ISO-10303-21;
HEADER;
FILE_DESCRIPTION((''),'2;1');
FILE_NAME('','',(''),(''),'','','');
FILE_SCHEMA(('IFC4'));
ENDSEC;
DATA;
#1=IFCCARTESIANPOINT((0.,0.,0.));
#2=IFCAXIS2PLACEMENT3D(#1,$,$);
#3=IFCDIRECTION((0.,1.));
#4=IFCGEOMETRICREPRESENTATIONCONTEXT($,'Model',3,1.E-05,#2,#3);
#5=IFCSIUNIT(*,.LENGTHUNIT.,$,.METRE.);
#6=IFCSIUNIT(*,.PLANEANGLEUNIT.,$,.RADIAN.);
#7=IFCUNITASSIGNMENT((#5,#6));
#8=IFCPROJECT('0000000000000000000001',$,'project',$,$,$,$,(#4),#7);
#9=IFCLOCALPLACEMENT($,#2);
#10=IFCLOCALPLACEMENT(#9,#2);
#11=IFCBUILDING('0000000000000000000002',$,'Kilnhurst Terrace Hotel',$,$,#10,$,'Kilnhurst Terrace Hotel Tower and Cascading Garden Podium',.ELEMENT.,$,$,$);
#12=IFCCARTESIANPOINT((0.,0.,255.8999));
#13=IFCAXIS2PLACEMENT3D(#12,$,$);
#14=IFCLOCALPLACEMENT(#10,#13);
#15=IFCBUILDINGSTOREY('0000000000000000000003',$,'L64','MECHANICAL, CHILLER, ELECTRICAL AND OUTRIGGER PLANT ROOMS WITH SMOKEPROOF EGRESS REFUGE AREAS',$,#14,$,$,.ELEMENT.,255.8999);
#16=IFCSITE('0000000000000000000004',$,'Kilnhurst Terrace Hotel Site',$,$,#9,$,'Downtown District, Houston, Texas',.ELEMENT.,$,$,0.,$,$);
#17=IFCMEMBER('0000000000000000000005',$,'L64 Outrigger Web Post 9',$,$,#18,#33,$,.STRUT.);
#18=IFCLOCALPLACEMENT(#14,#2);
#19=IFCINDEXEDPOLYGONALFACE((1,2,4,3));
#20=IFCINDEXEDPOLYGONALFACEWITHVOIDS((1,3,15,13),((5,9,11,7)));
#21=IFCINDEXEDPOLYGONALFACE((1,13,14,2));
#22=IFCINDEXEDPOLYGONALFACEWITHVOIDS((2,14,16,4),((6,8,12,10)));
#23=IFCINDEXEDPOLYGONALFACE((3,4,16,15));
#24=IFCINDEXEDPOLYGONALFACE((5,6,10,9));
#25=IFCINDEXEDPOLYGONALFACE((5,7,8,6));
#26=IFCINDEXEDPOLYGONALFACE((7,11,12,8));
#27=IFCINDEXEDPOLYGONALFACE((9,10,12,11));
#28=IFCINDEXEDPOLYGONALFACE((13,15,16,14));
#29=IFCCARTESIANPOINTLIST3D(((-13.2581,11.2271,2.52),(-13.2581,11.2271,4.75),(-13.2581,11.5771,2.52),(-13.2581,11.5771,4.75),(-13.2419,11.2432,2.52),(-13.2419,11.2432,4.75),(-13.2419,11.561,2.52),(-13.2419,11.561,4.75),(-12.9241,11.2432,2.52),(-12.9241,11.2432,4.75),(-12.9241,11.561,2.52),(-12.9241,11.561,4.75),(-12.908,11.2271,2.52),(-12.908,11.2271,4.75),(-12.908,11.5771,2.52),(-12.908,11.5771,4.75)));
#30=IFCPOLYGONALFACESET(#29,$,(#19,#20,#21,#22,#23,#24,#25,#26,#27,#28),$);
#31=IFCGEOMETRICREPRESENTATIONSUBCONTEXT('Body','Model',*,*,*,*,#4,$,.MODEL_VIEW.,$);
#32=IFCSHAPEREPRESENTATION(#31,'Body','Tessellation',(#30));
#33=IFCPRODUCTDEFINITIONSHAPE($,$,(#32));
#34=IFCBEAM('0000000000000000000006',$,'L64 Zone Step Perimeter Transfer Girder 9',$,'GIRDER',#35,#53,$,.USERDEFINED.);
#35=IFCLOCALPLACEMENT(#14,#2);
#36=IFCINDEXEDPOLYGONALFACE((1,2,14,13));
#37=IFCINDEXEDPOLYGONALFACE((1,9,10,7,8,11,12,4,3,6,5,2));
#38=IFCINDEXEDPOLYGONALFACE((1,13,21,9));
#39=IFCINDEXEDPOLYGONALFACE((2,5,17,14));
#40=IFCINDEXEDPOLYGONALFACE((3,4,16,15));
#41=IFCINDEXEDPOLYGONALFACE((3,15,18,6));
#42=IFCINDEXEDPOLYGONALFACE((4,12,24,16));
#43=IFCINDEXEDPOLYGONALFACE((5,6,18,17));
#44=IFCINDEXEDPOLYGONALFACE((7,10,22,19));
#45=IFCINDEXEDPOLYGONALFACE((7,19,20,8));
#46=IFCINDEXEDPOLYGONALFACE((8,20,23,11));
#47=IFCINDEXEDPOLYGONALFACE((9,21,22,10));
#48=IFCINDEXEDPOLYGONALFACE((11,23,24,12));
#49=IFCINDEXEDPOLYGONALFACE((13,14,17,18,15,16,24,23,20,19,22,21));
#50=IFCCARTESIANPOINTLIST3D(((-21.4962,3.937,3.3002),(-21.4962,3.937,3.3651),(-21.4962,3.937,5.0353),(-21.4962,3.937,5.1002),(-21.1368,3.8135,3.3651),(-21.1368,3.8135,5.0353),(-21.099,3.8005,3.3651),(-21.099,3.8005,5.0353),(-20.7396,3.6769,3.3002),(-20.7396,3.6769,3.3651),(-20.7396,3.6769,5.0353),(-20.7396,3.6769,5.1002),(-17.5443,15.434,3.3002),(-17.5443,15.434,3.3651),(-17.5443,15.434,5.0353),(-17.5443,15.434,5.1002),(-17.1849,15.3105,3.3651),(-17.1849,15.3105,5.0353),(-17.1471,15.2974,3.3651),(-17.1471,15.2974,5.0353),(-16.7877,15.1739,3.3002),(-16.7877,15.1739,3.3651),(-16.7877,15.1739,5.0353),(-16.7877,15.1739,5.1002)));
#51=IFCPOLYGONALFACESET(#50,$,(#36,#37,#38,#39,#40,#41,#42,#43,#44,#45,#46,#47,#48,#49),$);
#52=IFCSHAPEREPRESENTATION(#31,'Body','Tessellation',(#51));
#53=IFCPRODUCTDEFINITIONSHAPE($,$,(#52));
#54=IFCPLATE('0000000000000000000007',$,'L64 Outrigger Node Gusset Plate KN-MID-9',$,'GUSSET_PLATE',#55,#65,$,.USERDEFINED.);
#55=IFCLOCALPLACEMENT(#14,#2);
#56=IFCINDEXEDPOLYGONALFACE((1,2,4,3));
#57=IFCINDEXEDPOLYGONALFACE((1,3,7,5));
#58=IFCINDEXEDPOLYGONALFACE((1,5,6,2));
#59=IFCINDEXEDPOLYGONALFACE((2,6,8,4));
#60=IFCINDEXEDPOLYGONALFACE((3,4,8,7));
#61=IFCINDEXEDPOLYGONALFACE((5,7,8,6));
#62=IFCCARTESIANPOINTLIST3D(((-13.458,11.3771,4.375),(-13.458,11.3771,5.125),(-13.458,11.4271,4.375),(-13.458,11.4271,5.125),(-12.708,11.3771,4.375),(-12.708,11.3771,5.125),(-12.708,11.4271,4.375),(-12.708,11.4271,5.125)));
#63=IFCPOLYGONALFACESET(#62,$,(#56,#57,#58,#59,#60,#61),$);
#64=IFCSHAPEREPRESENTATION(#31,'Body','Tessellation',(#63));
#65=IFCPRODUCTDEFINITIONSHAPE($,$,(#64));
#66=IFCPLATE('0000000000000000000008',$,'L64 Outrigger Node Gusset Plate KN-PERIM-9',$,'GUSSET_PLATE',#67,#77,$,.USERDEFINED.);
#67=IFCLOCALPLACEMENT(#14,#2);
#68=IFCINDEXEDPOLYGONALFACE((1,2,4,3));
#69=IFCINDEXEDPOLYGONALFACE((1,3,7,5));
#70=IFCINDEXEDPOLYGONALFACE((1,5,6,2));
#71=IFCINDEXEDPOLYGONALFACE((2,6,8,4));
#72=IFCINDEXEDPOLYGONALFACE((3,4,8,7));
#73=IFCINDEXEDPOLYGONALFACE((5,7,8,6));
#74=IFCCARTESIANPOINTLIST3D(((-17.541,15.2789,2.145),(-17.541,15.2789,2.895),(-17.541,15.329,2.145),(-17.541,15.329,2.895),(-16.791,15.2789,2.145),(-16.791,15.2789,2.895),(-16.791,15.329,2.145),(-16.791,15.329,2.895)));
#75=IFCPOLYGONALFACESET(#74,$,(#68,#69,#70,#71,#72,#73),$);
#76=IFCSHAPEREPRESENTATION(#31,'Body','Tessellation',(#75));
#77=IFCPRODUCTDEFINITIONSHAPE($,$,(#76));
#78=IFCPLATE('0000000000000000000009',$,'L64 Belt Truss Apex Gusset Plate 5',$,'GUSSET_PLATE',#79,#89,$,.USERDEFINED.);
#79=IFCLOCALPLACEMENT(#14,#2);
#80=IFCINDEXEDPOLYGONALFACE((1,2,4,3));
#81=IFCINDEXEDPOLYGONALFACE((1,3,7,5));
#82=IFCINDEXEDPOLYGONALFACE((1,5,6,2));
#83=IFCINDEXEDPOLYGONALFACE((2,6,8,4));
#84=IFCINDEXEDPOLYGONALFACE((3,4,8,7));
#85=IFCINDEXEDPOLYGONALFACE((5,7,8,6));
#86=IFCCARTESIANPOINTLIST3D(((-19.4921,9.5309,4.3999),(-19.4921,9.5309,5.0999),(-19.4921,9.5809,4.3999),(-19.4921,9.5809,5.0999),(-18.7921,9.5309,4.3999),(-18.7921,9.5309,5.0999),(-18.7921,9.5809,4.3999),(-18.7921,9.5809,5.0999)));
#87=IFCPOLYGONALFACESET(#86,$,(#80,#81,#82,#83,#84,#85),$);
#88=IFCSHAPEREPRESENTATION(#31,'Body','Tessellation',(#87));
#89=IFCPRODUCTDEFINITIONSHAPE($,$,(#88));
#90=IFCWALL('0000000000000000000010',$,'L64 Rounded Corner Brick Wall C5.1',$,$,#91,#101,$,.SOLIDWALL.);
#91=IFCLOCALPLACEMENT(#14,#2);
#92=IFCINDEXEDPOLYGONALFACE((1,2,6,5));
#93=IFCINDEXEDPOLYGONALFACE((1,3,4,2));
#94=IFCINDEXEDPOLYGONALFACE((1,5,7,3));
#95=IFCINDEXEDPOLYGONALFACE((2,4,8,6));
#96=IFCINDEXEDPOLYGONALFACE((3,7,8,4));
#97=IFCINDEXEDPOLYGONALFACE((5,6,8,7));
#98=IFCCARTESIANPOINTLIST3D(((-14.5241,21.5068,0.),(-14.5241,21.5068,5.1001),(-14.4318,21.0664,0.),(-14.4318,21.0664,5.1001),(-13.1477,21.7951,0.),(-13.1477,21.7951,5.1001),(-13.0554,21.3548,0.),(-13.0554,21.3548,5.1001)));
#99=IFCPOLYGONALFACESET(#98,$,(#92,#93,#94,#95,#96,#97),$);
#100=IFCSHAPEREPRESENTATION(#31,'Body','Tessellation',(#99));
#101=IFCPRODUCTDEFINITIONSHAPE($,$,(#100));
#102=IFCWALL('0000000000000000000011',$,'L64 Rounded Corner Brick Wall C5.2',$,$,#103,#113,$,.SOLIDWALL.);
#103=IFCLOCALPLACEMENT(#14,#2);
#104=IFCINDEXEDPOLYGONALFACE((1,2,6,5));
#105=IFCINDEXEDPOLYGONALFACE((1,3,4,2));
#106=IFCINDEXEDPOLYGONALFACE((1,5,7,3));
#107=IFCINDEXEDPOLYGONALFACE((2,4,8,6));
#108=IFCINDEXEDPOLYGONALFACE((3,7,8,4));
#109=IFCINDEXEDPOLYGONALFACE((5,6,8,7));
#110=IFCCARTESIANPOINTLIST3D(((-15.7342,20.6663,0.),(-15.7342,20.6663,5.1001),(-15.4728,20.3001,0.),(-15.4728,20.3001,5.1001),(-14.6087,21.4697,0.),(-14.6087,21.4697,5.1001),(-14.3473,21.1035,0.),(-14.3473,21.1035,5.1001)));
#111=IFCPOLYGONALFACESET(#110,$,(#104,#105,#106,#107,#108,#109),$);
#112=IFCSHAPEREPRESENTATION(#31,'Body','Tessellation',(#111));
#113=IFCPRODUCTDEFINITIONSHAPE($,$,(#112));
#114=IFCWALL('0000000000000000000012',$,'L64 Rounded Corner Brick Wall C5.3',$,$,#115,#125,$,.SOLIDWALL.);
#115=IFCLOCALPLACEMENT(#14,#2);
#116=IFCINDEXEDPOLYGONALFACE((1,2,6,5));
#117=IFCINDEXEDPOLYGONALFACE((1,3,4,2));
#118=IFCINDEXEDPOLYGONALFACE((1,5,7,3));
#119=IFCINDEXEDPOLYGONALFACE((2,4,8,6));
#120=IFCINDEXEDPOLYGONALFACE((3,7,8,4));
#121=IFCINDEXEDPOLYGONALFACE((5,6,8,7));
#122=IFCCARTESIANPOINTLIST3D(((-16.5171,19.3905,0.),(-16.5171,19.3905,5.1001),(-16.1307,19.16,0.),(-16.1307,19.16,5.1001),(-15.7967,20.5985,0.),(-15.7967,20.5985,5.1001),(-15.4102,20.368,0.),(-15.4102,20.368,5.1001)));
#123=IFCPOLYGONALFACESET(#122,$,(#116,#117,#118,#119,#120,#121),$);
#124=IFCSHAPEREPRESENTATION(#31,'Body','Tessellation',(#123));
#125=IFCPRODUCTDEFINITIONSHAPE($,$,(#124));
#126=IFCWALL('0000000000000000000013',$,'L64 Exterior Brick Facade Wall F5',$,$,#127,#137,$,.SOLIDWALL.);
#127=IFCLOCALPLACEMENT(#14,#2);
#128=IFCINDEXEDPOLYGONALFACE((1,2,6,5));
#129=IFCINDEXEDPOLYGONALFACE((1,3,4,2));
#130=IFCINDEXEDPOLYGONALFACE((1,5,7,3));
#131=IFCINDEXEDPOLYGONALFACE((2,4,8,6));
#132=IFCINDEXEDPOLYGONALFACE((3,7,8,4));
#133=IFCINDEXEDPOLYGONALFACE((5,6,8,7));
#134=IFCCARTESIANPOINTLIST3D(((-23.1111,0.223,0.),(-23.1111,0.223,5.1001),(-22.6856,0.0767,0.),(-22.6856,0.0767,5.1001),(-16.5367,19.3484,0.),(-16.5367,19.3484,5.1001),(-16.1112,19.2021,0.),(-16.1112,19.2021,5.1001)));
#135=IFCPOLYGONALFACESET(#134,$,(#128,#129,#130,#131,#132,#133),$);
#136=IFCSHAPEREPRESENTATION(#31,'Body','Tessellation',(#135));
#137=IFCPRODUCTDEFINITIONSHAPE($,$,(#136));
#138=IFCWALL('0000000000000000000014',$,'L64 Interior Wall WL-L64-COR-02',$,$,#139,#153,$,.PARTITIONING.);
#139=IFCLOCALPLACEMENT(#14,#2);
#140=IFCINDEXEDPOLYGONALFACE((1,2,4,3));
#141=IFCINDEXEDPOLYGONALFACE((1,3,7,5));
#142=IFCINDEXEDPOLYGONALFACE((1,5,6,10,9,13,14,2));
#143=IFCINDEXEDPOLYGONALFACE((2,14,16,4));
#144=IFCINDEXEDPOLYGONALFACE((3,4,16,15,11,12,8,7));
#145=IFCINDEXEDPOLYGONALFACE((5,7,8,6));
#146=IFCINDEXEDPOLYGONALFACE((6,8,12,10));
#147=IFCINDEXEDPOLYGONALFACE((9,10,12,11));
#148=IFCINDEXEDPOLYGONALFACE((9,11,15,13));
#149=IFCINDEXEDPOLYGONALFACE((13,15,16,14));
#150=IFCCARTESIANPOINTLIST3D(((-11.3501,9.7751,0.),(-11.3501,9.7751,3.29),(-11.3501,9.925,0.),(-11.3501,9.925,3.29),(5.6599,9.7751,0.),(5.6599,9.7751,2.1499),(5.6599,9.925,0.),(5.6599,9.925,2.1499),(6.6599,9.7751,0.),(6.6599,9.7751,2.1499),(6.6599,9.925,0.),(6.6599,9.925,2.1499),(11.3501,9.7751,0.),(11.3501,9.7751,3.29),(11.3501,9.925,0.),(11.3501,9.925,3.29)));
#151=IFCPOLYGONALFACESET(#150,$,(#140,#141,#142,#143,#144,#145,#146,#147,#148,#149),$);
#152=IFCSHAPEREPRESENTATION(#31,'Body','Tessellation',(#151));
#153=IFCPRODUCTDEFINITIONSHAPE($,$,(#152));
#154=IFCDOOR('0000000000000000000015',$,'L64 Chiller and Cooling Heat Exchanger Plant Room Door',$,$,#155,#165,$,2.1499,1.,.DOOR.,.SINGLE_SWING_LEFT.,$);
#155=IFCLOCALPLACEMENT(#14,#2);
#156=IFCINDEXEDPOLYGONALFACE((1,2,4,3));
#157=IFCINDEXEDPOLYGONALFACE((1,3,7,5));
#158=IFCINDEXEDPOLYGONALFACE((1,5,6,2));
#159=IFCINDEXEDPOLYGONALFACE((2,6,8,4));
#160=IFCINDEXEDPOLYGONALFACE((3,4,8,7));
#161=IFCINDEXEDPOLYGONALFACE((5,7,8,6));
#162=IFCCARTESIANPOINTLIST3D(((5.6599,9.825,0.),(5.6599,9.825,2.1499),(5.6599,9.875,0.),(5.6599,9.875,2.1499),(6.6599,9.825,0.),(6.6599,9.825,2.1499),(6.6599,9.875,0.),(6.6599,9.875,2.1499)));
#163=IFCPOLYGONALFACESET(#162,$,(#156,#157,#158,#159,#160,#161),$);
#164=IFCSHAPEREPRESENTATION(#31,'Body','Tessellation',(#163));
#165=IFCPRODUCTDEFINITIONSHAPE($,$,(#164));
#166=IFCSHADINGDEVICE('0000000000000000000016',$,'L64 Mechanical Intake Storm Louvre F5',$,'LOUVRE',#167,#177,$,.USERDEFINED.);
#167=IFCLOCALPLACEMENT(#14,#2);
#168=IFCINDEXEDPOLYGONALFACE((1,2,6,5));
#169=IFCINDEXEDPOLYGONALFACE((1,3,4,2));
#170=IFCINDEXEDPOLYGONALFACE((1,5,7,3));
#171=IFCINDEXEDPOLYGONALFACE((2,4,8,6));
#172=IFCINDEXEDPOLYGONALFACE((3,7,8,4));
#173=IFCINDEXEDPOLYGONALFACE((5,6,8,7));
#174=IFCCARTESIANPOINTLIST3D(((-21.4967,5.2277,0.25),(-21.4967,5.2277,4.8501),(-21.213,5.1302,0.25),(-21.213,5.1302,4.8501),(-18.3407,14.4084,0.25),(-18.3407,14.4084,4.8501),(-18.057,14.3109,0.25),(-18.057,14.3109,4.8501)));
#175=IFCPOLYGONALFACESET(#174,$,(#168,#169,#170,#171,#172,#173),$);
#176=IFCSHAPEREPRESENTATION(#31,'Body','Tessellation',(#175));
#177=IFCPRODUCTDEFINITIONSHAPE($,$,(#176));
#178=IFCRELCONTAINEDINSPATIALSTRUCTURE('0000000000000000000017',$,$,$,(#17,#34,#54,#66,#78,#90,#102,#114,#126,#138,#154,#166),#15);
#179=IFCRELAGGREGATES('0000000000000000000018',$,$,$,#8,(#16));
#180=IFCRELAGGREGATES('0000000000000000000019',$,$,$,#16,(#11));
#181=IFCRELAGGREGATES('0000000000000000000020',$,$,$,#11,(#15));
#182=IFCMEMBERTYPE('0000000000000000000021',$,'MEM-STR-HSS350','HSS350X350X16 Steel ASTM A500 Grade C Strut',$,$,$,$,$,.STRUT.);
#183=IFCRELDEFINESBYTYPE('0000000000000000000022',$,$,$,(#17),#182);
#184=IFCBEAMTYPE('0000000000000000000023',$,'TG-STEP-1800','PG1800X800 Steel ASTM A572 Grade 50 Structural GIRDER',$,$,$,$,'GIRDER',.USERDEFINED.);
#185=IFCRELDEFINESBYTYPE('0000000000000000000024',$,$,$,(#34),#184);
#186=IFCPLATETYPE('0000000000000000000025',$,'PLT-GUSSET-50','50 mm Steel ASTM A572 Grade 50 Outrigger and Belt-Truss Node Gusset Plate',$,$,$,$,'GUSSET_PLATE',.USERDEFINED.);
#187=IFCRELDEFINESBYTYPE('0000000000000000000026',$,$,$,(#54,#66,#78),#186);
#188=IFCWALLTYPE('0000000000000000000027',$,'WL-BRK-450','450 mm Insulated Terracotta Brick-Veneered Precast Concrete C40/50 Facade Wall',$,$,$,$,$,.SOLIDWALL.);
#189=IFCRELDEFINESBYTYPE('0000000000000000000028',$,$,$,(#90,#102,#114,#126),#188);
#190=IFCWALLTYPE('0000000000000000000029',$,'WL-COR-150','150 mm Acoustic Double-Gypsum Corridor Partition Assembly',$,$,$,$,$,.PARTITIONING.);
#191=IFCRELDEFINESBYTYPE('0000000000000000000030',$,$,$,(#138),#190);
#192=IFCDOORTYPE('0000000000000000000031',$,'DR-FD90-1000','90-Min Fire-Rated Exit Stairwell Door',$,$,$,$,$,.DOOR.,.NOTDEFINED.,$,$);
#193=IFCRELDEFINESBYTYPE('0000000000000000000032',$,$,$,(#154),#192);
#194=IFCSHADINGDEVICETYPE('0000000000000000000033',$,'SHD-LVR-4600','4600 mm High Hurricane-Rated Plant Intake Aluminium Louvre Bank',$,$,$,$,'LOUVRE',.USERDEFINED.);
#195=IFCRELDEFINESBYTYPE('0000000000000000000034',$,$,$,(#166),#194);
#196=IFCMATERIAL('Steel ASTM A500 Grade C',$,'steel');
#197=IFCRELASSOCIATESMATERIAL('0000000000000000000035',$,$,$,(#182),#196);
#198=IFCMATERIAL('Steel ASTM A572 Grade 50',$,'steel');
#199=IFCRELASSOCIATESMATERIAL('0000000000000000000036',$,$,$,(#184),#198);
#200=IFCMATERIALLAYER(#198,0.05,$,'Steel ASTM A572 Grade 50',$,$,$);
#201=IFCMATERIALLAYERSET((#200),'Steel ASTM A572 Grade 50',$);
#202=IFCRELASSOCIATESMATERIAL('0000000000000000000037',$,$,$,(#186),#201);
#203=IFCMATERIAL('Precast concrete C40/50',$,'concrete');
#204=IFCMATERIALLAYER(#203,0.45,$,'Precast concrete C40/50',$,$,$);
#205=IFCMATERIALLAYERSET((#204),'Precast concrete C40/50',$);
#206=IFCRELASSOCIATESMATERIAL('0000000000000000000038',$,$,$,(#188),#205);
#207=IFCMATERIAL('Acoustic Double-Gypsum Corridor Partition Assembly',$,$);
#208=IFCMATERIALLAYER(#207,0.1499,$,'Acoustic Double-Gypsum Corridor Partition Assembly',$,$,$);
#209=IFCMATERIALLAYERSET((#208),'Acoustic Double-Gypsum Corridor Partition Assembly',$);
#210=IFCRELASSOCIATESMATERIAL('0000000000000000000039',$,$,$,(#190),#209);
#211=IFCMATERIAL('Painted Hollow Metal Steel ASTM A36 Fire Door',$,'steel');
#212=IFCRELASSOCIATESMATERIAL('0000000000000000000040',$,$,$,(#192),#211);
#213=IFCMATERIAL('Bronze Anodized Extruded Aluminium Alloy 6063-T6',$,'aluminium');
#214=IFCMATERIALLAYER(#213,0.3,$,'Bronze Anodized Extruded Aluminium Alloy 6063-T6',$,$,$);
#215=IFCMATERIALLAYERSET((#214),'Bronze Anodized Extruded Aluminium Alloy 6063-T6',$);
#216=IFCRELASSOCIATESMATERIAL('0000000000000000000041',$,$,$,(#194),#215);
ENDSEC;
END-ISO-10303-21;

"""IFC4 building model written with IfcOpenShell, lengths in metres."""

from ifc_helpers import new_model, si_unit, direction, frame, frame_2d, origin, origin_2d, place, context, subcontext, project, spatial, rectangle, hollow_rectangle, i_section, extrude, material, layer, layer_set, material_profile, profile_set, type_object, element, fill, save


model = new_model("IFC4")

# Units and contexts
model_context = context("Model", 3, precision=1e-05, world=origin(), true_north=direction((0.0, 1.0)))
body_context = subcontext(model_context, "Body", "Model", "MODEL_VIEW")
ifc_project = project(units=[si_unit("LENGTHUNIT", "METRE"), si_unit("PLANEANGLEUNIT", "RADIAN")], contexts=[model_context])

# Site, building, storey
site_placement = place(None, origin())
site = spatial("IfcSite", under=ifc_project, at=site_placement, Name="Kilnhurst Terrace Hotel Site", LongName="Downtown District, Houston, Texas", CompositionType="ELEMENT", RefElevation=0.0)
building_placement = place(site_placement, origin())
building = spatial("IfcBuilding", under=site, at=building_placement, Name="Kilnhurst Terrace Hotel", LongName="Kilnhurst Terrace Hotel Tower and Cascading Garden Podium", CompositionType="ELEMENT")
storey_placement = place(building_placement, frame((0.0, 0.0, 255.8999)))
storey = spatial("IfcBuildingStorey", under=building, at=storey_placement, Name="L64", Description="MECHANICAL, CHILLER, ELECTRICAL AND OUTRIGGER PLANT ROOMS WITH SMOKEPROOF EGRESS REFUGE AREAS", CompositionType="ELEMENT", Elevation=255.8999)

# Member
ifc_material_1 = material(Name="Steel ASTM A500 Grade C", Category="steel")
ifc_material_profile_1 = material_profile(ifc_material_1, hollow_rectangle(XDim=0.3501, YDim=0.3501, WallThickness=0.0161, at=origin_2d()), Name="HSS350X350X16")
ifc_profile_set_1 = profile_set([ifc_material_profile_1], Name="Steel ASTM A500 Grade C")
member_type_1 = type_object("IfcMemberType", Name="MEM-STR-HSS350", Description="HSS350X350X16 Steel ASTM A500 Grade C Strut", PredefinedType="STRUT", material=ifc_profile_set_1)
member_1_placement = place(storey_placement, frame((-13.083, 11.4021, 2.52), z_axis=(0.0, 0.0, 1.0), x_axis=(1.0, 0.0, 0.0)))
element("IfcMember", 1, at=member_1_placement, inside=storey, type_object=member_type_1, Name="L64 Outrigger Web Post 9", PredefinedType="STRUT", context=body_context, shape_type="SweptSolid", body=[
    extrude(hollow_rectangle(XDim=0.3501, YDim=0.3501, WallThickness=0.0161, at=origin_2d()), origin(), (0.0, 0.0, 1.0), 2.23),
])

# Beam
ifc_material_2 = material(Name="Steel ASTM A572 Grade 50", Category="steel")
ifc_material_profile_2 = material_profile(ifc_material_2, i_section(OverallWidth=0.8, OverallDepth=1.8, WebThickness=0.04, FlangeThickness=0.0649, at=origin_2d()), Name="PG1800X800")
ifc_profile_set_2 = profile_set([ifc_material_profile_2], Name="Steel ASTM A572 Grade 50")
beam_type_1 = type_object("IfcBeamType", Name="TG-STEP-1800", Description="PG1800X800 Steel ASTM A572 Grade 50 Structural GIRDER", ElementType="GIRDER", PredefinedType="USERDEFINED", material=ifc_profile_set_2)
beam_1_placement = place(storey_placement, frame((-17.166, 15.304, 4.2002), z_axis=(-0.325064, -0.945692, 0.0), x_axis=(0.945692, -0.325064, 0.0)))
element("IfcBeam", 2, at=beam_1_placement, inside=storey, type_object=beam_type_1, Name="L64 Zone Step Perimeter Transfer Girder 9", ObjectType="GIRDER", PredefinedType="USERDEFINED", context=body_context, shape_type="SweptSolid", body=[
    extrude(i_section(OverallWidth=0.8, OverallDepth=1.8, WebThickness=0.04, FlangeThickness=0.0649, at=origin_2d()), origin(), (0.0, 0.0, 1.0), 12.1572),
])

# Plates
ifc_layer_1 = layer(ifc_material_2, 0.05, Name="Steel ASTM A572 Grade 50")
ifc_layer_set_1 = layer_set([ifc_layer_1], Name="Steel ASTM A572 Grade 50")
plate_type = type_object("IfcPlateType", Name="PLT-GUSSET-50", Description="50 mm Steel ASTM A572 Grade 50 Outrigger and Belt-Truss Node Gusset Plate", ElementType="GUSSET_PLATE", PredefinedType="USERDEFINED", material=ifc_layer_set_1)
for number, where, z_axis, x_axis, name in (
    (3, (-13.083, 11.4021, 4.375), (0.0, 0.0, 1.0), (1.0, 0.0, 0.0), "L64 Outrigger Node Gusset Plate KN-MID-9"),
    (4, (-17.166, 15.304, 2.145), (0.0, 0.0, 1.0), (1.0, 0.0, 0.0), "L64 Outrigger Node Gusset Plate KN-PERIM-9"),
):
    element("IfcPlate", number, at=place(storey_placement, frame(where, z_axis=z_axis, x_axis=x_axis)), inside=storey, type_object=plate_type, Name=name, ObjectType="GUSSET_PLATE", PredefinedType="USERDEFINED", context=body_context, shape_type="SweptSolid", body=[
        extrude(rectangle(XDim=0.75, YDim=0.05, at=origin_2d()), origin(), (0.0, 0.0, 1.0), 0.75),
    ])
plate_placement = place(storey_placement, frame((-19.1421, 9.5559, 4.3999), z_axis=(0.0, 0.0, 1.0), x_axis=(1.0, 0.0, 0.0)))
element("IfcPlate", 5, at=plate_placement, inside=storey, type_object=plate_type, Name="L64 Belt Truss Apex Gusset Plate 5", ObjectType="GUSSET_PLATE", PredefinedType="USERDEFINED", context=body_context, shape_type="SweptSolid", body=[
    extrude(rectangle(XDim=0.7, YDim=0.05, at=origin_2d()), origin(), (0.0, 0.0, 1.0), 0.7),
])

# Walls
ifc_material_3 = material(Name="Precast concrete C40/50", Category="concrete")
ifc_layer_2 = layer(ifc_material_3, 0.45, Name="Precast concrete C40/50")
ifc_layer_set_2 = layer_set([ifc_layer_2], Name="Precast concrete C40/50")
wall_type_1 = type_object("IfcWallType", Name="WL-BRK-450", Description="450 mm Insulated Terracotta Brick-Veneered Precast Concrete C40/50 Facade Wall", PredefinedType="SOLIDWALL", material=ifc_layer_set_2)
wall_1_placement = place(storey_placement, frame((-13.1016, 21.575, 0.0), z_axis=(0.0, 0.0, 1.0), x_axis=(-0.978757, -0.205022, 0.0)))
element("IfcWall", 6, at=wall_1_placement, inside=storey, type_object=wall_type_1, Name="L64 Rounded Corner Brick Wall C5.1", PredefinedType="SOLIDWALL", context=body_context, shape_type="SweptSolid", body=[
    extrude(rectangle(XDim=1.4062, YDim=0.45, at=frame_2d((0.7031, 0.0))), origin(), (0.0, 0.0, 1.0), 5.1001),
])
wall_2_placement = place(storey_placement, frame((-14.478, 21.2866, 0.0), z_axis=(0.0, 0.0, 1.0), x_axis=(-0.813889, -0.581021, 0.0)))
element("IfcWall", 7, at=wall_2_placement, inside=storey, type_object=wall_type_1, Name="L64 Rounded Corner Brick Wall C5.2", PredefinedType="SOLIDWALL", context=body_context, shape_type="SweptSolid", body=[
    extrude(rectangle(XDim=1.3828, YDim=0.45, at=frame_2d((0.6914, 0.0))), origin(), (0.0, 0.0, 1.0), 5.1001),
])
wall_3_placement = place(storey_placement, frame((-15.6035, 20.4832, 0.0), z_axis=(0.0, 0.0, 1.0), x_axis=(-0.512222, -0.858853, 0.0)))
element("IfcWall", 8, at=wall_3_placement, inside=storey, type_object=wall_type_1, Name="L64 Rounded Corner Brick Wall C5.3", PredefinedType="SOLIDWALL", context=body_context, shape_type="SweptSolid", body=[
    extrude(rectangle(XDim=1.4065, YDim=0.45, at=frame_2d((0.7031, 0.0))), origin(), (0.0, 0.0, 1.0), 5.1001),
])
wall_4_placement = place(storey_placement, frame((-16.324, 19.2751, 0.0), z_axis=(0.0, 0.0, 1.0), x_axis=(-0.325083, -0.945685, 0.0)))
element("IfcWall", 9, at=wall_4_placement, inside=storey, type_object=wall_type_1, Name="L64 Exterior Brick Facade Wall F5", PredefinedType="SOLIDWALL", context=body_context, shape_type="SweptSolid", body=[
    extrude(rectangle(XDim=20.2239, YDim=0.45, at=frame_2d((10.1118, 0.0))), origin(), (0.0, 0.0, 1.0), 5.1001),
])

# Wall, opening, door
ifc_material_4 = material(Name="Acoustic Double-Gypsum Corridor Partition Assembly")
ifc_layer_3 = layer(ifc_material_4, 0.1499, Name="Acoustic Double-Gypsum Corridor Partition Assembly")
ifc_layer_set_3 = layer_set([ifc_layer_3], Name="Acoustic Double-Gypsum Corridor Partition Assembly")
wall_type_2 = type_object("IfcWallType", Name="WL-COR-150", Description="150 mm Acoustic Double-Gypsum Corridor Partition Assembly", PredefinedType="PARTITIONING", material=ifc_layer_set_3)
wall_5_placement = place(storey_placement, frame((-11.3501, 9.8501, 0.0), z_axis=(0.0, 0.0, 1.0), x_axis=(1.0, 0.0, 0.0)))
wall_5 = element("IfcWall", 10, at=wall_5_placement, inside=storey, type_object=wall_type_2, Name="L64 Interior Wall WL-L64-COR-02", PredefinedType="PARTITIONING", context=body_context, shape_type="SweptSolid", body=[
    extrude(rectangle(XDim=22.7002, YDim=0.1499, at=frame_2d((11.3501, 0.0))), origin(), (0.0, 0.0, 1.0), 3.29),
])
opening_placement = place(wall_5_placement, frame((17.01, 0.0, 0.0)))
opening = element("IfcOpeningElement", 11, at=opening_placement, cuts=wall_5, PredefinedType="OPENING", context=body_context, shape_type="SweptSolid", body=[
    extrude(rectangle(XDim=1.0, YDim=2.1499, at=frame_2d((0.5, 1.075))), frame((0.0, 0.085, 0.0), z_axis=(0.0, -1.0, 0.0), x_axis=(1.0, 0.0, 0.0)), (0.0, 0.0, 1.0), 0.1699),
])
ifc_material_5 = material(Name="Painted Hollow Metal Steel ASTM A36 Fire Door", Category="steel")
door_type = type_object("IfcDoorType", Name="DR-FD90-1000", Description="90-Min Fire-Rated Exit Stairwell Door", OperationType="NOTDEFINED", PredefinedType="DOOR", material=ifc_material_5)
door_placement = place(opening_placement, origin())
door = element("IfcDoor", 12, at=door_placement, inside=storey, type_object=door_type, Name="L64 Chiller and Cooling Heat Exchanger Plant Room Door", OperationType="SINGLE_SWING_LEFT", OverallHeight=2.1499, OverallWidth=1.0, PredefinedType="DOOR", context=body_context, shape_type="SweptSolid", body=[
    extrude(rectangle(XDim=1.0, YDim=2.1499, at=frame_2d((0.5, 1.075))), frame((0.0, 0.0249, 0.0), z_axis=(0.0, -1.0, 0.0), x_axis=(1.0, 0.0, 0.0)), (0.0, 0.0, 1.0), 0.05),
])
fill(opening, door)

# Shading device
ifc_material_6 = material(Name="Bronze Anodized Extruded Aluminium Alloy 6063-T6", Category="aluminium")
ifc_layer_4 = layer(ifc_material_6, 0.3, Name="Bronze Anodized Extruded Aluminium Alloy 6063-T6")
ifc_layer_set_4 = layer_set([ifc_layer_4], Name="Bronze Anodized Extruded Aluminium Alloy 6063-T6")
shading_device_type = type_object("IfcShadingDeviceType", Name="SHD-LVR-4600", Description="4600 mm High Hurricane-Rated Plant Intake Aluminium Louvre Bank", ElementType="LOUVRE", PredefinedType="USERDEFINED", material=ifc_layer_set_4)
shading_device_placement = place(storey_placement, frame((-19.7769, 9.7693, 0.25), z_axis=(0.0, 0.0, 1.0), x_axis=(-0.32509, -0.945683, 0.0)))
element("IfcShadingDevice", 13, at=shading_device_placement, inside=storey, type_object=shading_device_type, Name="L64 Mechanical Intake Storm Louvre F5", ObjectType="LOUVRE", PredefinedType="USERDEFINED", context=body_context, shape_type="SweptSolid", body=[
    extrude(rectangle(XDim=9.708, YDim=0.3, at=origin_2d()), origin(), (0.0, 0.0, 1.0), 4.6001),
])

save(model, "model.ifc")
